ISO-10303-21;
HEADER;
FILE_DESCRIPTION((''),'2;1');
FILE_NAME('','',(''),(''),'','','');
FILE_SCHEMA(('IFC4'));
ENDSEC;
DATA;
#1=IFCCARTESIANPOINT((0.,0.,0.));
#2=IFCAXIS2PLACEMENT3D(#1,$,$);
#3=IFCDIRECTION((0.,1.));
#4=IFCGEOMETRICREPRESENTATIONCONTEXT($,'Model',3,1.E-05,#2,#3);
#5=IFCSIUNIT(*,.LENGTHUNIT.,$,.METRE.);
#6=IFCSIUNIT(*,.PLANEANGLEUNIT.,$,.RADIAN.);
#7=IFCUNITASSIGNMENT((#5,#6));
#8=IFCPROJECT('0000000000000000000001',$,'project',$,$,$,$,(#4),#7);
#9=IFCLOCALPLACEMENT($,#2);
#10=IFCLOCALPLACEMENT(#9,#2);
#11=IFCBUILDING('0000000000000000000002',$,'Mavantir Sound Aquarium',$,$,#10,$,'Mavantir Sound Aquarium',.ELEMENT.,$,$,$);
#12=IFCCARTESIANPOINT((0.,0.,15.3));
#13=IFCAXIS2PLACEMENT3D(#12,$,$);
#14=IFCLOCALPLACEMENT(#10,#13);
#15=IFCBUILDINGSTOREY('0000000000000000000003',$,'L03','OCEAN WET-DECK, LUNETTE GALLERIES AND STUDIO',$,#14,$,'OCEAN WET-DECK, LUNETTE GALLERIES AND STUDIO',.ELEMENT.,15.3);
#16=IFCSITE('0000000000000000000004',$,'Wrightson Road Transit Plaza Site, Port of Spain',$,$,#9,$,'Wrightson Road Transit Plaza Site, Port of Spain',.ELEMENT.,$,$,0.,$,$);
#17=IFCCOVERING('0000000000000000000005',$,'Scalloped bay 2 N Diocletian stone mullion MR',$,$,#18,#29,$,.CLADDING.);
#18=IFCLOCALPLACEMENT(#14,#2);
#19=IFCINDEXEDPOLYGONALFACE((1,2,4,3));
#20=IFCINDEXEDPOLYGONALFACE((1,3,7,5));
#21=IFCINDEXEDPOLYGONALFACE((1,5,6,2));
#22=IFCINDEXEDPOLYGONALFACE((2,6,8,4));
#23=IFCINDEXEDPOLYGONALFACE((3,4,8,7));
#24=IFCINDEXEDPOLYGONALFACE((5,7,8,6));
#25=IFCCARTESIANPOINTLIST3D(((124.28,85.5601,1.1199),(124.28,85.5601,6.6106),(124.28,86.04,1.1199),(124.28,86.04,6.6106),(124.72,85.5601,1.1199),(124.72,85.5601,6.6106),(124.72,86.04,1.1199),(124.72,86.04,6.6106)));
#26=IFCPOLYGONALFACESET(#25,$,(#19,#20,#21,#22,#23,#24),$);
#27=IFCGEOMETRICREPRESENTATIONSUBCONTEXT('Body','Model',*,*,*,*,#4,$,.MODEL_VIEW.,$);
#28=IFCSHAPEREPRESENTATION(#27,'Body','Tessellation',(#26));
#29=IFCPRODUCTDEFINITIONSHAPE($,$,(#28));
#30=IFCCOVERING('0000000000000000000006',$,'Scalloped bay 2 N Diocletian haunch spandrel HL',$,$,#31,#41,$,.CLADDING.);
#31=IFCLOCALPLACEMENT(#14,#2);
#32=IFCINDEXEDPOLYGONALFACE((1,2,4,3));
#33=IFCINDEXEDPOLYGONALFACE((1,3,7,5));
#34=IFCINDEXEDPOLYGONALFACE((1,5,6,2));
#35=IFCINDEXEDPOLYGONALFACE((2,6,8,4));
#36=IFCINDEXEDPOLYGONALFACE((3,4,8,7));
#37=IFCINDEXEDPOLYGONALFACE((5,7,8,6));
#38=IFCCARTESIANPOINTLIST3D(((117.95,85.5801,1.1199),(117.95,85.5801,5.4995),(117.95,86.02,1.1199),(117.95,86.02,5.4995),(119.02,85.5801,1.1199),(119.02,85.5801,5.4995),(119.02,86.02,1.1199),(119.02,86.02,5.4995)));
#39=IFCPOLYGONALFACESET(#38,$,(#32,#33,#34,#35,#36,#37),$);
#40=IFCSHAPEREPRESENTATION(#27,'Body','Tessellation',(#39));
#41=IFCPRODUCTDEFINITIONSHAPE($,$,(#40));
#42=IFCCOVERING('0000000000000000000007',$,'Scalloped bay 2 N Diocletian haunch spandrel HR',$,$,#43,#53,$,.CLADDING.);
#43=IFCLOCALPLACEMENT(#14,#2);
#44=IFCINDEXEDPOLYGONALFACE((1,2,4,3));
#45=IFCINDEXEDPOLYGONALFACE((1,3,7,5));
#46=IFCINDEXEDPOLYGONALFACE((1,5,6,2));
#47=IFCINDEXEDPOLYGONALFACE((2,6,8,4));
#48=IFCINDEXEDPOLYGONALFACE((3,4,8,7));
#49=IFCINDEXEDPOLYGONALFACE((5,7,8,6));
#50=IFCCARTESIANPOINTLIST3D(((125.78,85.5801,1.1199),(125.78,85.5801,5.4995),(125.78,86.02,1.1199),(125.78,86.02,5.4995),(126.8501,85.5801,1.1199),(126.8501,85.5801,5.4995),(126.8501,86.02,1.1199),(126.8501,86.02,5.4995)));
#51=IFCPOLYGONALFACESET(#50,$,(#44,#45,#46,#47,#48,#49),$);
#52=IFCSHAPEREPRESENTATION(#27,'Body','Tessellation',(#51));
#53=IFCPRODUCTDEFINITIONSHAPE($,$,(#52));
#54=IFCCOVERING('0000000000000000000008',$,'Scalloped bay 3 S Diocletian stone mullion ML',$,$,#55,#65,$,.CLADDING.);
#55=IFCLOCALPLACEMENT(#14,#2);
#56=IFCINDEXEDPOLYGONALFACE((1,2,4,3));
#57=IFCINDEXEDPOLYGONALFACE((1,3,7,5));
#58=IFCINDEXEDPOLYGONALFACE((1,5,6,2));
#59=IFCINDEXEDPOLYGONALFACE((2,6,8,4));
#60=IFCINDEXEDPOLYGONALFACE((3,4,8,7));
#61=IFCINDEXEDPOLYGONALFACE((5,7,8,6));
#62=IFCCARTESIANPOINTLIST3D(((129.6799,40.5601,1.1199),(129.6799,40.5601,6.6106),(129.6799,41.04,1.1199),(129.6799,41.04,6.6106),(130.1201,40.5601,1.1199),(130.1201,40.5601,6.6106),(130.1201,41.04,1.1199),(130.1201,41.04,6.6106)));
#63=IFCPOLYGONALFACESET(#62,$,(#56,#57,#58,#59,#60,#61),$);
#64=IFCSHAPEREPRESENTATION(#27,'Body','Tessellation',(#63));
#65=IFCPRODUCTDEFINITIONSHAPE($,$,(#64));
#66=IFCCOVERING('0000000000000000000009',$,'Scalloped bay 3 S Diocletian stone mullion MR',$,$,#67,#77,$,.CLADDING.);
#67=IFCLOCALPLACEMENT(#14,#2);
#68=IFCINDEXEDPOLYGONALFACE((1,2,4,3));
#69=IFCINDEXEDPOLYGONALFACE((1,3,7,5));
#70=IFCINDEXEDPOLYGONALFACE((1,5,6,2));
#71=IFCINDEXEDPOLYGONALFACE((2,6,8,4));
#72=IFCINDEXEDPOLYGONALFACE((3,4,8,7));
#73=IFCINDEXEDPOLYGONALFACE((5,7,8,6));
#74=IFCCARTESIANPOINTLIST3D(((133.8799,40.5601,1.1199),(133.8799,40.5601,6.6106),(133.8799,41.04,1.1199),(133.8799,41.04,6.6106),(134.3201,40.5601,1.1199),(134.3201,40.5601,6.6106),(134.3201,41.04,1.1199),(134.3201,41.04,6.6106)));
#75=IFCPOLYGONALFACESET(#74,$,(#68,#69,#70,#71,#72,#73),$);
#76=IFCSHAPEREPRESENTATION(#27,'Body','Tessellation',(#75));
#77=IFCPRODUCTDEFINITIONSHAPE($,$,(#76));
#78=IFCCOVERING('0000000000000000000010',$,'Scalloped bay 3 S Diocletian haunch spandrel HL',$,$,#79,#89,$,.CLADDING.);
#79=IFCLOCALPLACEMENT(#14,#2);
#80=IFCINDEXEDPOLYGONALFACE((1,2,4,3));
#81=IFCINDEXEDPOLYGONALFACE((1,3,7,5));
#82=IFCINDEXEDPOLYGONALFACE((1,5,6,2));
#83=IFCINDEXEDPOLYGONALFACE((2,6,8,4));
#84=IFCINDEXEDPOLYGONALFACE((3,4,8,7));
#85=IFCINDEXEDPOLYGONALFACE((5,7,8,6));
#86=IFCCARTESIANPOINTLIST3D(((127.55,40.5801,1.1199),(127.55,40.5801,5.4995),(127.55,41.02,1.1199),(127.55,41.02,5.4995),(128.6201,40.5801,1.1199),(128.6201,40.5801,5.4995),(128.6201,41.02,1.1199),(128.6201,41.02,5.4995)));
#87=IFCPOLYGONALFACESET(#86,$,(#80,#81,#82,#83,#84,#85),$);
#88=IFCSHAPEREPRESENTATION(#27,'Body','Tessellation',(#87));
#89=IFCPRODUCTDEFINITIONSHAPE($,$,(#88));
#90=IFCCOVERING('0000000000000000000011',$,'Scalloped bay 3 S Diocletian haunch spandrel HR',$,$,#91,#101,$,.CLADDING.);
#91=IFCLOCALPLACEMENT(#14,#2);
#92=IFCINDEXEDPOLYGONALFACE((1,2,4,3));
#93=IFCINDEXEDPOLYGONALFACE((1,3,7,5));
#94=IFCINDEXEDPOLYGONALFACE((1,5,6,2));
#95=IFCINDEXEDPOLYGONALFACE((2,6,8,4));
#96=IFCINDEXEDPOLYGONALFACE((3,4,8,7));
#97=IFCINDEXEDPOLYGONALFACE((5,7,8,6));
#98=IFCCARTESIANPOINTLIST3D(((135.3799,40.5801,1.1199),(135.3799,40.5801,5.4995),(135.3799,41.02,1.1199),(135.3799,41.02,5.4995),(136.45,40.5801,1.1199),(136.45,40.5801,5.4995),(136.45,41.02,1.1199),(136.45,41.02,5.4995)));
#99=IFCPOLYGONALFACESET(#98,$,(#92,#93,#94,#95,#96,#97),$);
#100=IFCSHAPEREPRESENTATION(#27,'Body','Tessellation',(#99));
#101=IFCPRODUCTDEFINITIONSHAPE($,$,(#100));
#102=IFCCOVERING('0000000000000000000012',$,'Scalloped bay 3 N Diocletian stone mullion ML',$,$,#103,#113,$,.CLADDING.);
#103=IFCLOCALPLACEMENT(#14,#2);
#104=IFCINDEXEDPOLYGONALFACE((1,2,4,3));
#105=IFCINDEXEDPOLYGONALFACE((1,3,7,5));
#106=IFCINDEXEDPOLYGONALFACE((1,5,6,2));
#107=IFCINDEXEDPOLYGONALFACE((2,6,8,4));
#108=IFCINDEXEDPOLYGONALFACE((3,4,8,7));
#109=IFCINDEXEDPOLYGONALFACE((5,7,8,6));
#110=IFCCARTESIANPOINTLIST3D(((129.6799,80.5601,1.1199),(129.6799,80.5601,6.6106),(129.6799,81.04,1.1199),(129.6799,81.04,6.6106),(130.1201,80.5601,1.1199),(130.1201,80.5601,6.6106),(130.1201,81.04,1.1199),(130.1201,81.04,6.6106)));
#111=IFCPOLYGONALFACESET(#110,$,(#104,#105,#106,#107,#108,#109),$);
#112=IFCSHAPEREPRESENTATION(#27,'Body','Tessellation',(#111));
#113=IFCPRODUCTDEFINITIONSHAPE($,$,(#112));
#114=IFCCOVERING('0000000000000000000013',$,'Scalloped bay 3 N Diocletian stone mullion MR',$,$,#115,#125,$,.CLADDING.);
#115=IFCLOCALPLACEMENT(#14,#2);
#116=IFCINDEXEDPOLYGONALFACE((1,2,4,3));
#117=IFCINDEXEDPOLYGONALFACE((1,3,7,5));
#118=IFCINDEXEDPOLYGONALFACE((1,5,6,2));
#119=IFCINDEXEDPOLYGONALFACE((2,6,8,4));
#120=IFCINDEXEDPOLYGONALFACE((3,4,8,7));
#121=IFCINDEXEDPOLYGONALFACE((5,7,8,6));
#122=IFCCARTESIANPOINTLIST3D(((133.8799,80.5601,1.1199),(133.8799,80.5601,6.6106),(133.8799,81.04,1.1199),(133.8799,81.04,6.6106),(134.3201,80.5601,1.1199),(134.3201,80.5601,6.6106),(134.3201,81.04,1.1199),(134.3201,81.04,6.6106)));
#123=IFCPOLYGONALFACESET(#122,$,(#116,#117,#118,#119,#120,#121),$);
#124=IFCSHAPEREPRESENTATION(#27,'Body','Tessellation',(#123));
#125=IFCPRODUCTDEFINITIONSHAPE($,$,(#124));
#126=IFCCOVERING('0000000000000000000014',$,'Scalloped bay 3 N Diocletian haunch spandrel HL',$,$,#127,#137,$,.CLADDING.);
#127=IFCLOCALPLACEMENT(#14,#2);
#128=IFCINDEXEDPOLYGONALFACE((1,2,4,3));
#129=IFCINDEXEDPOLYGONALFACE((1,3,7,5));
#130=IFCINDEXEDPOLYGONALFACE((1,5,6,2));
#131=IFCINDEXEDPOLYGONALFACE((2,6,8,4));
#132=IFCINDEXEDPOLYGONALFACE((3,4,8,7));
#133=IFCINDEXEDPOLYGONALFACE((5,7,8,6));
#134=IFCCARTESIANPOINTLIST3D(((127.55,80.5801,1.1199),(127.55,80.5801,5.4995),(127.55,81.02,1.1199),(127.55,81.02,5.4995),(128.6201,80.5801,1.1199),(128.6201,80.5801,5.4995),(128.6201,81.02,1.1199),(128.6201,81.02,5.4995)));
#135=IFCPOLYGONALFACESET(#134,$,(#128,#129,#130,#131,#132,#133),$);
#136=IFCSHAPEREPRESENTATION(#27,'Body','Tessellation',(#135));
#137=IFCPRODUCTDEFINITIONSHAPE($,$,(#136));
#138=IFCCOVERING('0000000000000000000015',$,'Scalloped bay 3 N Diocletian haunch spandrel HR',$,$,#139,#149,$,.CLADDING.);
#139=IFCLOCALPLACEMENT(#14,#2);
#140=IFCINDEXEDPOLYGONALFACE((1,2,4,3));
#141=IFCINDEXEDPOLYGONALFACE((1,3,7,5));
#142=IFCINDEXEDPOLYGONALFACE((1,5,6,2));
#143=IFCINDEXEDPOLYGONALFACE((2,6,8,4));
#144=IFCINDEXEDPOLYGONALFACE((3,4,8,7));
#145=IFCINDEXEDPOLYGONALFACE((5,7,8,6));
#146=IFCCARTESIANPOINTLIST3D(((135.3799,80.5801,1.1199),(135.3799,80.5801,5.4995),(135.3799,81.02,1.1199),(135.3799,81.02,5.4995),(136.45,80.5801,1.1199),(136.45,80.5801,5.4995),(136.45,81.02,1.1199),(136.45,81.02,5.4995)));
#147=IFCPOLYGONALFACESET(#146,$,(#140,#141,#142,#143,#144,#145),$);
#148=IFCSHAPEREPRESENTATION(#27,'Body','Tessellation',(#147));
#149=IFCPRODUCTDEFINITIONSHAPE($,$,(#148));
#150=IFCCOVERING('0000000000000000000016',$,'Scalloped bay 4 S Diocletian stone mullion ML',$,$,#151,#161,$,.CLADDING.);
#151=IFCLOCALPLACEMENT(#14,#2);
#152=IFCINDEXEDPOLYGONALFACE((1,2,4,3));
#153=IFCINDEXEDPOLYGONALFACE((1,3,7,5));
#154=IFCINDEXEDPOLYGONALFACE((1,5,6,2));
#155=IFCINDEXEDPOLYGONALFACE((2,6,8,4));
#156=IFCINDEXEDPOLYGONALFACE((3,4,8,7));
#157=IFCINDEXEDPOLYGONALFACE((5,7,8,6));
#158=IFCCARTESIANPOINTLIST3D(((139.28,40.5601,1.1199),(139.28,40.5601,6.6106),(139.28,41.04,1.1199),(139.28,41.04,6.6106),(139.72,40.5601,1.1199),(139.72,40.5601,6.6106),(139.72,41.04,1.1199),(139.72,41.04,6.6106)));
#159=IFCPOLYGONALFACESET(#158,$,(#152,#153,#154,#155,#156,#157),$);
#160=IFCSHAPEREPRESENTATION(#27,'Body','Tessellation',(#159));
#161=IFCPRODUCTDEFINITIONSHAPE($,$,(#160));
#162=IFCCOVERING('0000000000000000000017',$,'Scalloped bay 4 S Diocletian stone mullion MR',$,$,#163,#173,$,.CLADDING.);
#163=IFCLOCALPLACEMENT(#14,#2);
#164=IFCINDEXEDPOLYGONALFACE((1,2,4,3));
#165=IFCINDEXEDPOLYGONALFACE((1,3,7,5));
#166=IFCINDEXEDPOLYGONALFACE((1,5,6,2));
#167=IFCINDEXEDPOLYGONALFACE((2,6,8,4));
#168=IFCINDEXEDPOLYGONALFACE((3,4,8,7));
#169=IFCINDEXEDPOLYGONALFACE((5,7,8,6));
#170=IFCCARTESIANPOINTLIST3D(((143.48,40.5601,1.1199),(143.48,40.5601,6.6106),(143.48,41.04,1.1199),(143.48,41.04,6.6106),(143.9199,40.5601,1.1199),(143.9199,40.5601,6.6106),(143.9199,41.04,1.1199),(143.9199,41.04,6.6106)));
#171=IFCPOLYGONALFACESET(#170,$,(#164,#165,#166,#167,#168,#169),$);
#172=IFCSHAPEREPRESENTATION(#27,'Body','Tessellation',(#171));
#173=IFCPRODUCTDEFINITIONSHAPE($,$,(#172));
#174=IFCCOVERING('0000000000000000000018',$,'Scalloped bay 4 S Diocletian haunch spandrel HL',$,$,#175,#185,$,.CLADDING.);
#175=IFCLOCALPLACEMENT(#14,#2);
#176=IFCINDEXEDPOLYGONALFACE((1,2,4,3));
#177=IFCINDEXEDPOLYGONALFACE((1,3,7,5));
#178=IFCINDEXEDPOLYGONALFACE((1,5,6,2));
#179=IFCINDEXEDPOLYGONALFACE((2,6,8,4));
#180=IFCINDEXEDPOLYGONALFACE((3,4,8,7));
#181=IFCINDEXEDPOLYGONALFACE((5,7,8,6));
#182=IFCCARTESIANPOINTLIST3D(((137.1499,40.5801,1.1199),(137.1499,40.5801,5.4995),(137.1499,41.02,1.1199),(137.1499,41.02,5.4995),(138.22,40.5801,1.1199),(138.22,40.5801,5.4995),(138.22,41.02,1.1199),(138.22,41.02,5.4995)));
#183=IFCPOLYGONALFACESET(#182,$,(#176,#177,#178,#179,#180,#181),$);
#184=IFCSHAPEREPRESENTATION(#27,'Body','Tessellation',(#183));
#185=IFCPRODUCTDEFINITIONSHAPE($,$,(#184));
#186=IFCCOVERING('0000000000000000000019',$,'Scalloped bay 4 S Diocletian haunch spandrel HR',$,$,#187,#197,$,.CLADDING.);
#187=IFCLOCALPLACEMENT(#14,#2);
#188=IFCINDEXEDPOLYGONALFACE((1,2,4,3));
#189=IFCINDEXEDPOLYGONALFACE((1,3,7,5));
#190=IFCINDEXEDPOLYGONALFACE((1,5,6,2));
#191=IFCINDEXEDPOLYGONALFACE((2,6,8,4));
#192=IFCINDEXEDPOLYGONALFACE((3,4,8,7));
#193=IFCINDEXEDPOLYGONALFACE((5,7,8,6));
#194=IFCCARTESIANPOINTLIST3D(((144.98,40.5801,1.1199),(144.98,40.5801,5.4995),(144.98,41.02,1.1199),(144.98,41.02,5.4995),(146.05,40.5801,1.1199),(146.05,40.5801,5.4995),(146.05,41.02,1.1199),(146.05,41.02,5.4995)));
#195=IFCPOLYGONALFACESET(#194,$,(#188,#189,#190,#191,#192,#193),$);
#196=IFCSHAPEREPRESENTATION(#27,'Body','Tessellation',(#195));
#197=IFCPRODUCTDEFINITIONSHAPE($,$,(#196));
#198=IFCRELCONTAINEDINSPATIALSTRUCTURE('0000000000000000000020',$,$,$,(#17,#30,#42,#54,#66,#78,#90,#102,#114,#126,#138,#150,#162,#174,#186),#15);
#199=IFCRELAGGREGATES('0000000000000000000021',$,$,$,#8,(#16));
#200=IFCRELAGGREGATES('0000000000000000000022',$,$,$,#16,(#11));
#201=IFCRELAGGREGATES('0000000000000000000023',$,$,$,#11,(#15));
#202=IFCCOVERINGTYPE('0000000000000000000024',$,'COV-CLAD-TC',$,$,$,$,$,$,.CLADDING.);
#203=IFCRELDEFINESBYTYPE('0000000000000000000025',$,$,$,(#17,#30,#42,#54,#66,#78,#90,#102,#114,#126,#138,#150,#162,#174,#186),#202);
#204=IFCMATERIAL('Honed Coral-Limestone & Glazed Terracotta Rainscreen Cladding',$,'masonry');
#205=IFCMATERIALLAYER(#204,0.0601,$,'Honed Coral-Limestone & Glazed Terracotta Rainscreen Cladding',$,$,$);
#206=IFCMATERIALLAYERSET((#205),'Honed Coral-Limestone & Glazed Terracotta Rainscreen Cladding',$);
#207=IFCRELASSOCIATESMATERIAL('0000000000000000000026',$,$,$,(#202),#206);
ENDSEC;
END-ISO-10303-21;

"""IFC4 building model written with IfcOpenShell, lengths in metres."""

from ifc_helpers import new_model, si_unit, direction, frame, origin, place, context, subcontext, project, spatial, polyline, outline, extrude, material, layer, layer_set, type_object, element, save


model = new_model("IFC4")

# Units and contexts
model_context = context("Model", 3, precision=1e-05, world=origin(), true_north=direction((0.0, 1.0)))
body_context = subcontext(model_context, "Body", "Model", "MODEL_VIEW")
ifc_project = project(units=[si_unit("LENGTHUNIT", "METRE"), si_unit("PLANEANGLEUNIT", "RADIAN")], contexts=[model_context])

# Site, building, storey
site_placement = place(None, origin())
site = spatial("IfcSite", under=ifc_project, at=site_placement, Name="Wrightson Road Transit Plaza Site, Port of Spain", LongName="Wrightson Road Transit Plaza Site, Port of Spain", CompositionType="ELEMENT", RefElevation=0.0)
building_placement = place(site_placement, origin())
building = spatial("IfcBuilding", under=site, at=building_placement, Name="Mavantir Sound Aquarium", LongName="Mavantir Sound Aquarium", CompositionType="ELEMENT")
storey_placement = place(building_placement, frame((0.0, 0.0, 15.3)))
storey = spatial("IfcBuildingStorey", under=building, at=storey_placement, Name="L03", Description="OCEAN WET-DECK, LUNETTE GALLERIES AND STUDIO", LongName="OCEAN WET-DECK, LUNETTE GALLERIES AND STUDIO", CompositionType="ELEMENT", Elevation=15.3)

# Coverings
ifc_material = material(Name="Honed Coral-Limestone & Glazed Terracotta Rainscreen Cladding", Category="masonry")
ifc_layer = layer(ifc_material, 0.0601, Name="Honed Coral-Limestone & Glazed Terracotta Rainscreen Cladding")
ifc_layer_set = layer_set([ifc_layer], Name="Honed Coral-Limestone & Glazed Terracotta Rainscreen Cladding")
covering_type = type_object("IfcCoveringType", Name="COV-CLAD-TC", PredefinedType="CLADDING", material=ifc_layer_set)
covering_1_placement = place(storey_placement, frame((0.0, 0.0, 1.1199)))
element("IfcCovering", 1, at=covering_1_placement, inside=storey, type_object=covering_type, Name="Scalloped bay 2 N Diocletian stone mullion MR", PredefinedType="CLADDING", context=body_context, shape_type="SweptSolid", body=[
    extrude(outline(polyline([(124.28, 85.5601), (124.72, 85.5601), (124.72, 86.04), (124.28, 86.04), (124.28, 85.5601)])), origin(), (0.0, 0.0, 1.0), 5.4907),
])
covering_2_placement = place(storey_placement, frame((0.0, 0.0, 1.1199)))
element("IfcCovering", 2, at=covering_2_placement, inside=storey, type_object=covering_type, Name="Scalloped bay 2 N Diocletian haunch spandrel HL", PredefinedType="CLADDING", context=body_context, shape_type="SweptSolid", body=[
    extrude(outline(polyline([(117.95, 85.5801), (119.02, 85.5801), (119.02, 86.02), (117.95, 86.02), (117.95, 85.5801)])), origin(), (0.0, 0.0, 1.0), 4.3796),
])
covering_3_placement = place(storey_placement, frame((0.0, 0.0, 1.1199)))
element("IfcCovering", 3, at=covering_3_placement, inside=storey, type_object=covering_type, Name="Scalloped bay 2 N Diocletian haunch spandrel HR", PredefinedType="CLADDING", context=body_context, shape_type="SweptSolid", body=[
    extrude(outline(polyline([(125.78, 85.5801), (126.8501, 85.5801), (126.8501, 86.02), (125.78, 86.02), (125.78, 85.5801)])), origin(), (0.0, 0.0, 1.0), 4.3796),
])
covering_4_placement = place(storey_placement, frame((0.0, 0.0, 1.1199)))
element("IfcCovering", 4, at=covering_4_placement, inside=storey, type_object=covering_type, Name="Scalloped bay 3 S Diocletian stone mullion ML", PredefinedType="CLADDING", context=body_context, shape_type="SweptSolid", body=[
    extrude(outline(polyline([(129.6799, 40.5601), (130.1201, 40.5601), (130.1201, 41.04), (129.6799, 41.04), (129.6799, 40.5601)])), origin(), (0.0, 0.0, 1.0), 5.4907),
])
covering_5_placement = place(storey_placement, frame((0.0, 0.0, 1.1199)))
element("IfcCovering", 5, at=covering_5_placement, inside=storey, type_object=covering_type, Name="Scalloped bay 3 S Diocletian stone mullion MR", PredefinedType="CLADDING", context=body_context, shape_type="SweptSolid", body=[
    extrude(outline(polyline([(133.8799, 40.5601), (134.3201, 40.5601), (134.3201, 41.04), (133.8799, 41.04), (133.8799, 40.5601)])), origin(), (0.0, 0.0, 1.0), 5.4907),
])
covering_6_placement = place(storey_placement, frame((0.0, 0.0, 1.1199)))
element("IfcCovering", 6, at=covering_6_placement, inside=storey, type_object=covering_type, Name="Scalloped bay 3 S Diocletian haunch spandrel HL", PredefinedType="CLADDING", context=body_context, shape_type="SweptSolid", body=[
    extrude(outline(polyline([(127.55, 40.5801), (128.6201, 40.5801), (128.6201, 41.02), (127.55, 41.02), (127.55, 40.5801)])), origin(), (0.0, 0.0, 1.0), 4.3796),
])
covering_7_placement = place(storey_placement, frame((0.0, 0.0, 1.1199)))
element("IfcCovering", 7, at=covering_7_placement, inside=storey, type_object=covering_type, Name="Scalloped bay 3 S Diocletian haunch spandrel HR", PredefinedType="CLADDING", context=body_context, shape_type="SweptSolid", body=[
    extrude(outline(polyline([(135.3799, 40.5801), (136.45, 40.5801), (136.45, 41.02), (135.3799, 41.02), (135.3799, 40.5801)])), origin(), (0.0, 0.0, 1.0), 4.3796),
])
covering_8_placement = place(storey_placement, frame((0.0, 0.0, 1.1199)))
element("IfcCovering", 8, at=covering_8_placement, inside=storey, type_object=covering_type, Name="Scalloped bay 3 N Diocletian stone mullion ML", PredefinedType="CLADDING", context=body_context, shape_type="SweptSolid", body=[
    extrude(outline(polyline([(129.6799, 80.5601), (130.1201, 80.5601), (130.1201, 81.04), (129.6799, 81.04), (129.6799, 80.5601)])), origin(), (0.0, 0.0, 1.0), 5.4907),
])
covering_9_placement = place(storey_placement, frame((0.0, 0.0, 1.1199)))
element("IfcCovering", 9, at=covering_9_placement, inside=storey, type_object=covering_type, Name="Scalloped bay 3 N Diocletian stone mullion MR", PredefinedType="CLADDING", context=body_context, shape_type="SweptSolid", body=[
    extrude(outline(polyline([(133.8799, 80.5601), (134.3201, 80.5601), (134.3201, 81.04), (133.8799, 81.04), (133.8799, 80.5601)])), origin(), (0.0, 0.0, 1.0), 5.4907),
])
covering_10_placement = place(storey_placement, frame((0.0, 0.0, 1.1199)))
element("IfcCovering", 10, at=covering_10_placement, inside=storey, type_object=covering_type, Name="Scalloped bay 3 N Diocletian haunch spandrel HL", PredefinedType="CLADDING", context=body_context, shape_type="SweptSolid", body=[
    extrude(outline(polyline([(127.55, 80.5801), (128.6201, 80.5801), (128.6201, 81.02), (127.55, 81.02), (127.55, 80.5801)])), origin(), (0.0, 0.0, 1.0), 4.3796),
])
covering_11_placement = place(storey_placement, frame((0.0, 0.0, 1.1199)))
element("IfcCovering", 11, at=covering_11_placement, inside=storey, type_object=covering_type, Name="Scalloped bay 3 N Diocletian haunch spandrel HR", PredefinedType="CLADDING", context=body_context, shape_type="SweptSolid", body=[
    extrude(outline(polyline([(135.3799, 80.5801), (136.45, 80.5801), (136.45, 81.02), (135.3799, 81.02), (135.3799, 80.5801)])), origin(), (0.0, 0.0, 1.0), 4.3796),
])
covering_12_placement = place(storey_placement, frame((0.0, 0.0, 1.1199)))
element("IfcCovering", 12, at=covering_12_placement, inside=storey, type_object=covering_type, Name="Scalloped bay 4 S Diocletian stone mullion ML", PredefinedType="CLADDING", context=body_context, shape_type="SweptSolid", body=[
    extrude(outline(polyline([(139.28, 40.5601), (139.72, 40.5601), (139.72, 41.04), (139.28, 41.04), (139.28, 40.5601)])), origin(), (0.0, 0.0, 1.0), 5.4907),
])
covering_13_placement = place(storey_placement, frame((0.0, 0.0, 1.1199)))
element("IfcCovering", 13, at=covering_13_placement, inside=storey, type_object=covering_type, Name="Scalloped bay 4 S Diocletian stone mullion MR", PredefinedType="CLADDING", context=body_context, shape_type="SweptSolid", body=[
    extrude(outline(polyline([(143.48, 40.5601), (143.9199, 40.5601), (143.9199, 41.04), (143.48, 41.04), (143.48, 40.5601)])), origin(), (0.0, 0.0, 1.0), 5.4907),
])
covering_14_placement = place(storey_placement, frame((0.0, 0.0, 1.1199)))
element("IfcCovering", 14, at=covering_14_placement, inside=storey, type_object=covering_type, Name="Scalloped bay 4 S Diocletian haunch spandrel HL", PredefinedType="CLADDING", context=body_context, shape_type="SweptSolid", body=[
    extrude(outline(polyline([(137.1499, 40.5801), (138.22, 40.5801), (138.22, 41.02), (137.1499, 41.02), (137.1499, 40.5801)])), origin(), (0.0, 0.0, 1.0), 4.3796),
])
covering_15_placement = place(storey_placement, frame((0.0, 0.0, 1.1199)))
element("IfcCovering", 15, at=covering_15_placement, inside=storey, type_object=covering_type, Name="Scalloped bay 4 S Diocletian haunch spandrel HR", PredefinedType="CLADDING", context=body_context, shape_type="SweptSolid", body=[
    extrude(outline(polyline([(144.98, 40.5801), (146.05, 40.5801), (146.05, 41.02), (144.98, 41.02), (144.98, 40.5801)])), origin(), (0.0, 0.0, 1.0), 4.3796),
])

save(model, "model.ifc")
